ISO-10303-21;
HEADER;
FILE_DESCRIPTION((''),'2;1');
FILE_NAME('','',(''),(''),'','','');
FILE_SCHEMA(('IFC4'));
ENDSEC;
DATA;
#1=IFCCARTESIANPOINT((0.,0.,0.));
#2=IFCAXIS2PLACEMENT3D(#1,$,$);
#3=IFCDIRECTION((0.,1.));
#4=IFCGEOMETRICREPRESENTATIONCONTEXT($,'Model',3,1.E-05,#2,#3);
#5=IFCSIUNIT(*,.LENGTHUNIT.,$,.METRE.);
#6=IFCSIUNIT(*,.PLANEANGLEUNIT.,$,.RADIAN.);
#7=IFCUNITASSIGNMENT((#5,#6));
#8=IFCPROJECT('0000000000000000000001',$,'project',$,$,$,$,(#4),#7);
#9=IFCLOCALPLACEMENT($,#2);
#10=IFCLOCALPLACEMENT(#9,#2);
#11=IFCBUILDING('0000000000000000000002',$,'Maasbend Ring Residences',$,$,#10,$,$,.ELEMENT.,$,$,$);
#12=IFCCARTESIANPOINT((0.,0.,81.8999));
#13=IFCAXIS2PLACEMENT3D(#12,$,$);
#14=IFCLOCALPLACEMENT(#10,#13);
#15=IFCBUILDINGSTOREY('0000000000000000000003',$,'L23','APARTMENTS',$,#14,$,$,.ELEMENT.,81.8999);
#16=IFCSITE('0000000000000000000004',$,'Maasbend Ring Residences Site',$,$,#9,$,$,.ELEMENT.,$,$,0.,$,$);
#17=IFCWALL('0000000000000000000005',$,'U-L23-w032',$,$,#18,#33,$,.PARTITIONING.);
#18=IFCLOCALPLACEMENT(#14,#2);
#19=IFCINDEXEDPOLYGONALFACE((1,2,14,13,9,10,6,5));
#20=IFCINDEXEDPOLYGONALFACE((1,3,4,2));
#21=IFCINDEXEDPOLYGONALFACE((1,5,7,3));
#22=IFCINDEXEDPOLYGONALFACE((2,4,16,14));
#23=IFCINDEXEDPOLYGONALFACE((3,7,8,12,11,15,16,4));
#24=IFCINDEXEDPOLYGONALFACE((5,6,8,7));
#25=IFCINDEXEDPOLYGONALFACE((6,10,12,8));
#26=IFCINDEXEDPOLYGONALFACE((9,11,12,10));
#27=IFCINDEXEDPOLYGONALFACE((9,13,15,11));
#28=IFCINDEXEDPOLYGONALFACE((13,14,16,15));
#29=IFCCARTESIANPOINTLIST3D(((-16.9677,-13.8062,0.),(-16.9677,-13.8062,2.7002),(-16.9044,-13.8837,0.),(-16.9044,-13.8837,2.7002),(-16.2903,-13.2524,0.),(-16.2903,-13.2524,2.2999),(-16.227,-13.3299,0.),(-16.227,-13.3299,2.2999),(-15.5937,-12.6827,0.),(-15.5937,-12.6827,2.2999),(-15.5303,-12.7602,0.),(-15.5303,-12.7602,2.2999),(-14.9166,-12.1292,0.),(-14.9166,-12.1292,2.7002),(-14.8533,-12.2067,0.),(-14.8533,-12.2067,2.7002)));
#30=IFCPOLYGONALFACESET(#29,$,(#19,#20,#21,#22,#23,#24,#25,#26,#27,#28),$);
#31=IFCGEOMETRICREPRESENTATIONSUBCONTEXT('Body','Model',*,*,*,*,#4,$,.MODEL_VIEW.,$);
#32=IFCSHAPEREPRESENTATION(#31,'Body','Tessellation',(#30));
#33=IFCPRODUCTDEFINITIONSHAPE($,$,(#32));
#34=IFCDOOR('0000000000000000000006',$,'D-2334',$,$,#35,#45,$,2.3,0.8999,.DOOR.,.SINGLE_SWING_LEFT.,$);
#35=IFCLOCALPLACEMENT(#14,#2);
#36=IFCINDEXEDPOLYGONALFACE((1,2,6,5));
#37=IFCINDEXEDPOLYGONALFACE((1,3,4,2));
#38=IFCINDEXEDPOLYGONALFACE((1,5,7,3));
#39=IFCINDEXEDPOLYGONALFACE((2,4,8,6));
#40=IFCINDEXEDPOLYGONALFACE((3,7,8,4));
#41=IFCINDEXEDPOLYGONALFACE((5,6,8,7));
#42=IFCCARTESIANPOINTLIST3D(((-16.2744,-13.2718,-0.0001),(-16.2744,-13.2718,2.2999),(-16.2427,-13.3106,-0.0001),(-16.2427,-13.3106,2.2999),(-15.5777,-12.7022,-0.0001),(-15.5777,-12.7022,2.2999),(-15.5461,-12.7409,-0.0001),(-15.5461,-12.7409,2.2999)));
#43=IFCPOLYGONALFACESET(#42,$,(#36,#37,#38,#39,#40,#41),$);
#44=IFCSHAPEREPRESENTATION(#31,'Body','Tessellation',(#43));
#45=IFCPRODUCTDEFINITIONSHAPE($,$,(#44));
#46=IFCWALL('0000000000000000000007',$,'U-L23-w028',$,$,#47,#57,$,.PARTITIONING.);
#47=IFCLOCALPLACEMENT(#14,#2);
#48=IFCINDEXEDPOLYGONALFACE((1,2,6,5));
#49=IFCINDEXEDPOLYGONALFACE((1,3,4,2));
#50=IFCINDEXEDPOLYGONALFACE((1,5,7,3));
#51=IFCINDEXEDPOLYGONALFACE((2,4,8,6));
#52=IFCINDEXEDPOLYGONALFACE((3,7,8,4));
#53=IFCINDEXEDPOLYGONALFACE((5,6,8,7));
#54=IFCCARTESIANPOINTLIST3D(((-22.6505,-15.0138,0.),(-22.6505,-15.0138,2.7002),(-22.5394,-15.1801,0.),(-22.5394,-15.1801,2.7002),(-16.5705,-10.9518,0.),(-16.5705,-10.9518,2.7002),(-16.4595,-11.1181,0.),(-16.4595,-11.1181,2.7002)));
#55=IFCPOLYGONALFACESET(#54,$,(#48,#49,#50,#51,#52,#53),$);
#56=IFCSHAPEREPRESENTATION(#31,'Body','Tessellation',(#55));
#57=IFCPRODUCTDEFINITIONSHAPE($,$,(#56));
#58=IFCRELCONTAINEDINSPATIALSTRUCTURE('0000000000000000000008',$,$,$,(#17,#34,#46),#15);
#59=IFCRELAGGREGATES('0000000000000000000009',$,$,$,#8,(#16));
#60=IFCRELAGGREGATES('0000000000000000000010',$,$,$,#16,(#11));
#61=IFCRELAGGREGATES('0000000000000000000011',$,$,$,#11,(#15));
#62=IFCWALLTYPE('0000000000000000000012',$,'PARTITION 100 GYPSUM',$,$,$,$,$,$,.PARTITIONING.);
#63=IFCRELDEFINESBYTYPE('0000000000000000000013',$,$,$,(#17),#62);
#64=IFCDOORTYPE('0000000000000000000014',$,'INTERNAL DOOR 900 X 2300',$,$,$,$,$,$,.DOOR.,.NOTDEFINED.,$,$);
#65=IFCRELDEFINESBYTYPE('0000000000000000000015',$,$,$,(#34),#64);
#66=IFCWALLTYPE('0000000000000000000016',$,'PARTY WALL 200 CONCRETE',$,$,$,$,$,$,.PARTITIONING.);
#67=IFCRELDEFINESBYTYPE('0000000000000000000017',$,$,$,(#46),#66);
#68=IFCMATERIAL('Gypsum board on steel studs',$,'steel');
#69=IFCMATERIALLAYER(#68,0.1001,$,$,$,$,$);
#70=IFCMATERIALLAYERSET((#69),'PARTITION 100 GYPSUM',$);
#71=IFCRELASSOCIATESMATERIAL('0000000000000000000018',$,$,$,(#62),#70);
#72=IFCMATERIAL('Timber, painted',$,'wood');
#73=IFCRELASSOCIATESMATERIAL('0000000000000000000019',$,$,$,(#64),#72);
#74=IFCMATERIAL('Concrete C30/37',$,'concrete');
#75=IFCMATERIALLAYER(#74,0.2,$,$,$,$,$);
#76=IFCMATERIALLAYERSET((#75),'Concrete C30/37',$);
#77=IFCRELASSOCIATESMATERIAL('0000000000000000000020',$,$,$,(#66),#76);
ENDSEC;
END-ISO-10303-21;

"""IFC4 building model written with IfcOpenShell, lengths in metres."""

from ifc_helpers import new_model, si_unit, direction, frame, frame_2d, origin, place, context, subcontext, project, spatial, rectangle, extrude, material, layer, layer_set, type_object, element, fill, save


model = new_model("IFC4")

# Units and contexts
model_context = context("Model", 3, precision=1e-05, world=origin(), true_north=direction((0.0, 1.0)))
body_context = subcontext(model_context, "Body", "Model", "MODEL_VIEW")
ifc_project = project(units=[si_unit("LENGTHUNIT", "METRE"), si_unit("PLANEANGLEUNIT", "RADIAN")], contexts=[model_context])

# Site, building, storey
site_placement = place(None, origin())
site = spatial("IfcSite", under=ifc_project, at=site_placement, Name="Maasbend Ring Residences Site", CompositionType="ELEMENT", RefElevation=0.0)
building_placement = place(site_placement, origin())
building = spatial("IfcBuilding", under=site, at=building_placement, Name="Maasbend Ring Residences", CompositionType="ELEMENT")
storey_placement = place(building_placement, frame((0.0, 0.0, 81.8999)))
storey = spatial("IfcBuildingStorey", under=building, at=storey_placement, Name="L23", Description="APARTMENTS", CompositionType="ELEMENT", Elevation=81.8999)

# Shared definitions
ifc_material_1 = material(Name="Gypsum board on steel studs", Category="steel")
ifc_layer_1 = layer(ifc_material_1, 0.1001)
ifc_layer_set_1 = layer_set([ifc_layer_1], Name="PARTITION 100 GYPSUM")
wall_type_1 = type_object("IfcWallType", Name="PARTITION 100 GYPSUM", PredefinedType="PARTITIONING", material=ifc_layer_set_1)
ifc_material_2 = material(Name="Timber, painted", Category="wood")
door_type_1 = type_object("IfcDoorType", Name="INTERNAL DOOR 900 X 2300", OperationType="NOTDEFINED", PredefinedType="DOOR", material=ifc_material_2)

# Wall, opening, door
wall_1_placement = place(storey_placement, frame((-16.936, -13.845, 0.0), z_axis=(0.0, 0.0, 1.0), x_axis=(0.774163, 0.632987, 0.0)))
wall_1 = element("IfcWall", 1, at=wall_1_placement, inside=storey, type_object=wall_type_1, Name="U-L23-w032", PredefinedType="PARTITIONING", context=body_context, shape_type="SweptSolid", body=[
    extrude(rectangle(XDim=2.6494, YDim=0.1001, at=frame_2d((1.3247, 0.0))), origin(), (0.0, 0.0, 1.0), 2.7002),
])
opening_1_placement = place(wall_1_placement, frame((0.875, 0.0, 0.0)))
opening_1 = element("IfcOpeningElement", 2, at=opening_1_placement, cuts=wall_1, PredefinedType="OPENING", context=body_context, shape_type="SweptSolid", body=[
    extrude(rectangle(XDim=0.8999, YDim=2.3, at=frame_2d((0.45, 1.1499))), frame((0.0, 0.0601, 0.0), z_axis=(0.0, -1.0, 0.0), x_axis=(1.0, 0.0, 0.0)), (0.0, 0.0, 1.0), 0.1201),
])
door_1_placement = place(opening_1_placement, origin())
door_1 = element("IfcDoor", 3, at=door_1_placement, inside=storey, type_object=door_type_1, Name="D-2334", OperationType="SINGLE_SWING_LEFT", OverallHeight=2.3, OverallWidth=0.8999, PredefinedType="DOOR", context=body_context, shape_type="SweptSolid", body=[
    extrude(rectangle(XDim=0.8999, YDim=2.3, at=frame_2d((0.45, 1.1499))), frame((0.0, 0.0249, 0.0), z_axis=(0.0, -1.0, 0.0), x_axis=(1.0, 0.0, 0.0)), (0.0, 0.0, 1.0), 0.05),
])
fill(opening_1, door_1)

# Wall
ifc_material_3 = material(Name="Concrete C30/37", Category="concrete")
ifc_layer_2 = layer(ifc_material_3, 0.2)
ifc_layer_set_2 = layer_set([ifc_layer_2], Name="Concrete C30/37")
wall_type_2 = type_object("IfcWallType", Name="PARTY WALL 200 CONCRETE", PredefinedType="PARTITIONING", material=ifc_layer_set_2)
wall_2_placement = place(storey_placement, frame((-22.595, -15.0969, 0.0), z_axis=(0.0, 0.0, 1.0), x_axis=(0.831505, 0.555517, 0.0)))
element("IfcWall", 4, at=wall_2_placement, inside=storey, type_object=wall_type_2, Name="U-L23-w028", PredefinedType="PARTITIONING", context=body_context, shape_type="SweptSolid", body=[
    extrude(rectangle(XDim=7.312, YDim=0.2, at=frame_2d((3.656, 0.0))), origin(), (0.0, 0.0, 1.0), 2.7002),
])

save(model, "model.ifc")
